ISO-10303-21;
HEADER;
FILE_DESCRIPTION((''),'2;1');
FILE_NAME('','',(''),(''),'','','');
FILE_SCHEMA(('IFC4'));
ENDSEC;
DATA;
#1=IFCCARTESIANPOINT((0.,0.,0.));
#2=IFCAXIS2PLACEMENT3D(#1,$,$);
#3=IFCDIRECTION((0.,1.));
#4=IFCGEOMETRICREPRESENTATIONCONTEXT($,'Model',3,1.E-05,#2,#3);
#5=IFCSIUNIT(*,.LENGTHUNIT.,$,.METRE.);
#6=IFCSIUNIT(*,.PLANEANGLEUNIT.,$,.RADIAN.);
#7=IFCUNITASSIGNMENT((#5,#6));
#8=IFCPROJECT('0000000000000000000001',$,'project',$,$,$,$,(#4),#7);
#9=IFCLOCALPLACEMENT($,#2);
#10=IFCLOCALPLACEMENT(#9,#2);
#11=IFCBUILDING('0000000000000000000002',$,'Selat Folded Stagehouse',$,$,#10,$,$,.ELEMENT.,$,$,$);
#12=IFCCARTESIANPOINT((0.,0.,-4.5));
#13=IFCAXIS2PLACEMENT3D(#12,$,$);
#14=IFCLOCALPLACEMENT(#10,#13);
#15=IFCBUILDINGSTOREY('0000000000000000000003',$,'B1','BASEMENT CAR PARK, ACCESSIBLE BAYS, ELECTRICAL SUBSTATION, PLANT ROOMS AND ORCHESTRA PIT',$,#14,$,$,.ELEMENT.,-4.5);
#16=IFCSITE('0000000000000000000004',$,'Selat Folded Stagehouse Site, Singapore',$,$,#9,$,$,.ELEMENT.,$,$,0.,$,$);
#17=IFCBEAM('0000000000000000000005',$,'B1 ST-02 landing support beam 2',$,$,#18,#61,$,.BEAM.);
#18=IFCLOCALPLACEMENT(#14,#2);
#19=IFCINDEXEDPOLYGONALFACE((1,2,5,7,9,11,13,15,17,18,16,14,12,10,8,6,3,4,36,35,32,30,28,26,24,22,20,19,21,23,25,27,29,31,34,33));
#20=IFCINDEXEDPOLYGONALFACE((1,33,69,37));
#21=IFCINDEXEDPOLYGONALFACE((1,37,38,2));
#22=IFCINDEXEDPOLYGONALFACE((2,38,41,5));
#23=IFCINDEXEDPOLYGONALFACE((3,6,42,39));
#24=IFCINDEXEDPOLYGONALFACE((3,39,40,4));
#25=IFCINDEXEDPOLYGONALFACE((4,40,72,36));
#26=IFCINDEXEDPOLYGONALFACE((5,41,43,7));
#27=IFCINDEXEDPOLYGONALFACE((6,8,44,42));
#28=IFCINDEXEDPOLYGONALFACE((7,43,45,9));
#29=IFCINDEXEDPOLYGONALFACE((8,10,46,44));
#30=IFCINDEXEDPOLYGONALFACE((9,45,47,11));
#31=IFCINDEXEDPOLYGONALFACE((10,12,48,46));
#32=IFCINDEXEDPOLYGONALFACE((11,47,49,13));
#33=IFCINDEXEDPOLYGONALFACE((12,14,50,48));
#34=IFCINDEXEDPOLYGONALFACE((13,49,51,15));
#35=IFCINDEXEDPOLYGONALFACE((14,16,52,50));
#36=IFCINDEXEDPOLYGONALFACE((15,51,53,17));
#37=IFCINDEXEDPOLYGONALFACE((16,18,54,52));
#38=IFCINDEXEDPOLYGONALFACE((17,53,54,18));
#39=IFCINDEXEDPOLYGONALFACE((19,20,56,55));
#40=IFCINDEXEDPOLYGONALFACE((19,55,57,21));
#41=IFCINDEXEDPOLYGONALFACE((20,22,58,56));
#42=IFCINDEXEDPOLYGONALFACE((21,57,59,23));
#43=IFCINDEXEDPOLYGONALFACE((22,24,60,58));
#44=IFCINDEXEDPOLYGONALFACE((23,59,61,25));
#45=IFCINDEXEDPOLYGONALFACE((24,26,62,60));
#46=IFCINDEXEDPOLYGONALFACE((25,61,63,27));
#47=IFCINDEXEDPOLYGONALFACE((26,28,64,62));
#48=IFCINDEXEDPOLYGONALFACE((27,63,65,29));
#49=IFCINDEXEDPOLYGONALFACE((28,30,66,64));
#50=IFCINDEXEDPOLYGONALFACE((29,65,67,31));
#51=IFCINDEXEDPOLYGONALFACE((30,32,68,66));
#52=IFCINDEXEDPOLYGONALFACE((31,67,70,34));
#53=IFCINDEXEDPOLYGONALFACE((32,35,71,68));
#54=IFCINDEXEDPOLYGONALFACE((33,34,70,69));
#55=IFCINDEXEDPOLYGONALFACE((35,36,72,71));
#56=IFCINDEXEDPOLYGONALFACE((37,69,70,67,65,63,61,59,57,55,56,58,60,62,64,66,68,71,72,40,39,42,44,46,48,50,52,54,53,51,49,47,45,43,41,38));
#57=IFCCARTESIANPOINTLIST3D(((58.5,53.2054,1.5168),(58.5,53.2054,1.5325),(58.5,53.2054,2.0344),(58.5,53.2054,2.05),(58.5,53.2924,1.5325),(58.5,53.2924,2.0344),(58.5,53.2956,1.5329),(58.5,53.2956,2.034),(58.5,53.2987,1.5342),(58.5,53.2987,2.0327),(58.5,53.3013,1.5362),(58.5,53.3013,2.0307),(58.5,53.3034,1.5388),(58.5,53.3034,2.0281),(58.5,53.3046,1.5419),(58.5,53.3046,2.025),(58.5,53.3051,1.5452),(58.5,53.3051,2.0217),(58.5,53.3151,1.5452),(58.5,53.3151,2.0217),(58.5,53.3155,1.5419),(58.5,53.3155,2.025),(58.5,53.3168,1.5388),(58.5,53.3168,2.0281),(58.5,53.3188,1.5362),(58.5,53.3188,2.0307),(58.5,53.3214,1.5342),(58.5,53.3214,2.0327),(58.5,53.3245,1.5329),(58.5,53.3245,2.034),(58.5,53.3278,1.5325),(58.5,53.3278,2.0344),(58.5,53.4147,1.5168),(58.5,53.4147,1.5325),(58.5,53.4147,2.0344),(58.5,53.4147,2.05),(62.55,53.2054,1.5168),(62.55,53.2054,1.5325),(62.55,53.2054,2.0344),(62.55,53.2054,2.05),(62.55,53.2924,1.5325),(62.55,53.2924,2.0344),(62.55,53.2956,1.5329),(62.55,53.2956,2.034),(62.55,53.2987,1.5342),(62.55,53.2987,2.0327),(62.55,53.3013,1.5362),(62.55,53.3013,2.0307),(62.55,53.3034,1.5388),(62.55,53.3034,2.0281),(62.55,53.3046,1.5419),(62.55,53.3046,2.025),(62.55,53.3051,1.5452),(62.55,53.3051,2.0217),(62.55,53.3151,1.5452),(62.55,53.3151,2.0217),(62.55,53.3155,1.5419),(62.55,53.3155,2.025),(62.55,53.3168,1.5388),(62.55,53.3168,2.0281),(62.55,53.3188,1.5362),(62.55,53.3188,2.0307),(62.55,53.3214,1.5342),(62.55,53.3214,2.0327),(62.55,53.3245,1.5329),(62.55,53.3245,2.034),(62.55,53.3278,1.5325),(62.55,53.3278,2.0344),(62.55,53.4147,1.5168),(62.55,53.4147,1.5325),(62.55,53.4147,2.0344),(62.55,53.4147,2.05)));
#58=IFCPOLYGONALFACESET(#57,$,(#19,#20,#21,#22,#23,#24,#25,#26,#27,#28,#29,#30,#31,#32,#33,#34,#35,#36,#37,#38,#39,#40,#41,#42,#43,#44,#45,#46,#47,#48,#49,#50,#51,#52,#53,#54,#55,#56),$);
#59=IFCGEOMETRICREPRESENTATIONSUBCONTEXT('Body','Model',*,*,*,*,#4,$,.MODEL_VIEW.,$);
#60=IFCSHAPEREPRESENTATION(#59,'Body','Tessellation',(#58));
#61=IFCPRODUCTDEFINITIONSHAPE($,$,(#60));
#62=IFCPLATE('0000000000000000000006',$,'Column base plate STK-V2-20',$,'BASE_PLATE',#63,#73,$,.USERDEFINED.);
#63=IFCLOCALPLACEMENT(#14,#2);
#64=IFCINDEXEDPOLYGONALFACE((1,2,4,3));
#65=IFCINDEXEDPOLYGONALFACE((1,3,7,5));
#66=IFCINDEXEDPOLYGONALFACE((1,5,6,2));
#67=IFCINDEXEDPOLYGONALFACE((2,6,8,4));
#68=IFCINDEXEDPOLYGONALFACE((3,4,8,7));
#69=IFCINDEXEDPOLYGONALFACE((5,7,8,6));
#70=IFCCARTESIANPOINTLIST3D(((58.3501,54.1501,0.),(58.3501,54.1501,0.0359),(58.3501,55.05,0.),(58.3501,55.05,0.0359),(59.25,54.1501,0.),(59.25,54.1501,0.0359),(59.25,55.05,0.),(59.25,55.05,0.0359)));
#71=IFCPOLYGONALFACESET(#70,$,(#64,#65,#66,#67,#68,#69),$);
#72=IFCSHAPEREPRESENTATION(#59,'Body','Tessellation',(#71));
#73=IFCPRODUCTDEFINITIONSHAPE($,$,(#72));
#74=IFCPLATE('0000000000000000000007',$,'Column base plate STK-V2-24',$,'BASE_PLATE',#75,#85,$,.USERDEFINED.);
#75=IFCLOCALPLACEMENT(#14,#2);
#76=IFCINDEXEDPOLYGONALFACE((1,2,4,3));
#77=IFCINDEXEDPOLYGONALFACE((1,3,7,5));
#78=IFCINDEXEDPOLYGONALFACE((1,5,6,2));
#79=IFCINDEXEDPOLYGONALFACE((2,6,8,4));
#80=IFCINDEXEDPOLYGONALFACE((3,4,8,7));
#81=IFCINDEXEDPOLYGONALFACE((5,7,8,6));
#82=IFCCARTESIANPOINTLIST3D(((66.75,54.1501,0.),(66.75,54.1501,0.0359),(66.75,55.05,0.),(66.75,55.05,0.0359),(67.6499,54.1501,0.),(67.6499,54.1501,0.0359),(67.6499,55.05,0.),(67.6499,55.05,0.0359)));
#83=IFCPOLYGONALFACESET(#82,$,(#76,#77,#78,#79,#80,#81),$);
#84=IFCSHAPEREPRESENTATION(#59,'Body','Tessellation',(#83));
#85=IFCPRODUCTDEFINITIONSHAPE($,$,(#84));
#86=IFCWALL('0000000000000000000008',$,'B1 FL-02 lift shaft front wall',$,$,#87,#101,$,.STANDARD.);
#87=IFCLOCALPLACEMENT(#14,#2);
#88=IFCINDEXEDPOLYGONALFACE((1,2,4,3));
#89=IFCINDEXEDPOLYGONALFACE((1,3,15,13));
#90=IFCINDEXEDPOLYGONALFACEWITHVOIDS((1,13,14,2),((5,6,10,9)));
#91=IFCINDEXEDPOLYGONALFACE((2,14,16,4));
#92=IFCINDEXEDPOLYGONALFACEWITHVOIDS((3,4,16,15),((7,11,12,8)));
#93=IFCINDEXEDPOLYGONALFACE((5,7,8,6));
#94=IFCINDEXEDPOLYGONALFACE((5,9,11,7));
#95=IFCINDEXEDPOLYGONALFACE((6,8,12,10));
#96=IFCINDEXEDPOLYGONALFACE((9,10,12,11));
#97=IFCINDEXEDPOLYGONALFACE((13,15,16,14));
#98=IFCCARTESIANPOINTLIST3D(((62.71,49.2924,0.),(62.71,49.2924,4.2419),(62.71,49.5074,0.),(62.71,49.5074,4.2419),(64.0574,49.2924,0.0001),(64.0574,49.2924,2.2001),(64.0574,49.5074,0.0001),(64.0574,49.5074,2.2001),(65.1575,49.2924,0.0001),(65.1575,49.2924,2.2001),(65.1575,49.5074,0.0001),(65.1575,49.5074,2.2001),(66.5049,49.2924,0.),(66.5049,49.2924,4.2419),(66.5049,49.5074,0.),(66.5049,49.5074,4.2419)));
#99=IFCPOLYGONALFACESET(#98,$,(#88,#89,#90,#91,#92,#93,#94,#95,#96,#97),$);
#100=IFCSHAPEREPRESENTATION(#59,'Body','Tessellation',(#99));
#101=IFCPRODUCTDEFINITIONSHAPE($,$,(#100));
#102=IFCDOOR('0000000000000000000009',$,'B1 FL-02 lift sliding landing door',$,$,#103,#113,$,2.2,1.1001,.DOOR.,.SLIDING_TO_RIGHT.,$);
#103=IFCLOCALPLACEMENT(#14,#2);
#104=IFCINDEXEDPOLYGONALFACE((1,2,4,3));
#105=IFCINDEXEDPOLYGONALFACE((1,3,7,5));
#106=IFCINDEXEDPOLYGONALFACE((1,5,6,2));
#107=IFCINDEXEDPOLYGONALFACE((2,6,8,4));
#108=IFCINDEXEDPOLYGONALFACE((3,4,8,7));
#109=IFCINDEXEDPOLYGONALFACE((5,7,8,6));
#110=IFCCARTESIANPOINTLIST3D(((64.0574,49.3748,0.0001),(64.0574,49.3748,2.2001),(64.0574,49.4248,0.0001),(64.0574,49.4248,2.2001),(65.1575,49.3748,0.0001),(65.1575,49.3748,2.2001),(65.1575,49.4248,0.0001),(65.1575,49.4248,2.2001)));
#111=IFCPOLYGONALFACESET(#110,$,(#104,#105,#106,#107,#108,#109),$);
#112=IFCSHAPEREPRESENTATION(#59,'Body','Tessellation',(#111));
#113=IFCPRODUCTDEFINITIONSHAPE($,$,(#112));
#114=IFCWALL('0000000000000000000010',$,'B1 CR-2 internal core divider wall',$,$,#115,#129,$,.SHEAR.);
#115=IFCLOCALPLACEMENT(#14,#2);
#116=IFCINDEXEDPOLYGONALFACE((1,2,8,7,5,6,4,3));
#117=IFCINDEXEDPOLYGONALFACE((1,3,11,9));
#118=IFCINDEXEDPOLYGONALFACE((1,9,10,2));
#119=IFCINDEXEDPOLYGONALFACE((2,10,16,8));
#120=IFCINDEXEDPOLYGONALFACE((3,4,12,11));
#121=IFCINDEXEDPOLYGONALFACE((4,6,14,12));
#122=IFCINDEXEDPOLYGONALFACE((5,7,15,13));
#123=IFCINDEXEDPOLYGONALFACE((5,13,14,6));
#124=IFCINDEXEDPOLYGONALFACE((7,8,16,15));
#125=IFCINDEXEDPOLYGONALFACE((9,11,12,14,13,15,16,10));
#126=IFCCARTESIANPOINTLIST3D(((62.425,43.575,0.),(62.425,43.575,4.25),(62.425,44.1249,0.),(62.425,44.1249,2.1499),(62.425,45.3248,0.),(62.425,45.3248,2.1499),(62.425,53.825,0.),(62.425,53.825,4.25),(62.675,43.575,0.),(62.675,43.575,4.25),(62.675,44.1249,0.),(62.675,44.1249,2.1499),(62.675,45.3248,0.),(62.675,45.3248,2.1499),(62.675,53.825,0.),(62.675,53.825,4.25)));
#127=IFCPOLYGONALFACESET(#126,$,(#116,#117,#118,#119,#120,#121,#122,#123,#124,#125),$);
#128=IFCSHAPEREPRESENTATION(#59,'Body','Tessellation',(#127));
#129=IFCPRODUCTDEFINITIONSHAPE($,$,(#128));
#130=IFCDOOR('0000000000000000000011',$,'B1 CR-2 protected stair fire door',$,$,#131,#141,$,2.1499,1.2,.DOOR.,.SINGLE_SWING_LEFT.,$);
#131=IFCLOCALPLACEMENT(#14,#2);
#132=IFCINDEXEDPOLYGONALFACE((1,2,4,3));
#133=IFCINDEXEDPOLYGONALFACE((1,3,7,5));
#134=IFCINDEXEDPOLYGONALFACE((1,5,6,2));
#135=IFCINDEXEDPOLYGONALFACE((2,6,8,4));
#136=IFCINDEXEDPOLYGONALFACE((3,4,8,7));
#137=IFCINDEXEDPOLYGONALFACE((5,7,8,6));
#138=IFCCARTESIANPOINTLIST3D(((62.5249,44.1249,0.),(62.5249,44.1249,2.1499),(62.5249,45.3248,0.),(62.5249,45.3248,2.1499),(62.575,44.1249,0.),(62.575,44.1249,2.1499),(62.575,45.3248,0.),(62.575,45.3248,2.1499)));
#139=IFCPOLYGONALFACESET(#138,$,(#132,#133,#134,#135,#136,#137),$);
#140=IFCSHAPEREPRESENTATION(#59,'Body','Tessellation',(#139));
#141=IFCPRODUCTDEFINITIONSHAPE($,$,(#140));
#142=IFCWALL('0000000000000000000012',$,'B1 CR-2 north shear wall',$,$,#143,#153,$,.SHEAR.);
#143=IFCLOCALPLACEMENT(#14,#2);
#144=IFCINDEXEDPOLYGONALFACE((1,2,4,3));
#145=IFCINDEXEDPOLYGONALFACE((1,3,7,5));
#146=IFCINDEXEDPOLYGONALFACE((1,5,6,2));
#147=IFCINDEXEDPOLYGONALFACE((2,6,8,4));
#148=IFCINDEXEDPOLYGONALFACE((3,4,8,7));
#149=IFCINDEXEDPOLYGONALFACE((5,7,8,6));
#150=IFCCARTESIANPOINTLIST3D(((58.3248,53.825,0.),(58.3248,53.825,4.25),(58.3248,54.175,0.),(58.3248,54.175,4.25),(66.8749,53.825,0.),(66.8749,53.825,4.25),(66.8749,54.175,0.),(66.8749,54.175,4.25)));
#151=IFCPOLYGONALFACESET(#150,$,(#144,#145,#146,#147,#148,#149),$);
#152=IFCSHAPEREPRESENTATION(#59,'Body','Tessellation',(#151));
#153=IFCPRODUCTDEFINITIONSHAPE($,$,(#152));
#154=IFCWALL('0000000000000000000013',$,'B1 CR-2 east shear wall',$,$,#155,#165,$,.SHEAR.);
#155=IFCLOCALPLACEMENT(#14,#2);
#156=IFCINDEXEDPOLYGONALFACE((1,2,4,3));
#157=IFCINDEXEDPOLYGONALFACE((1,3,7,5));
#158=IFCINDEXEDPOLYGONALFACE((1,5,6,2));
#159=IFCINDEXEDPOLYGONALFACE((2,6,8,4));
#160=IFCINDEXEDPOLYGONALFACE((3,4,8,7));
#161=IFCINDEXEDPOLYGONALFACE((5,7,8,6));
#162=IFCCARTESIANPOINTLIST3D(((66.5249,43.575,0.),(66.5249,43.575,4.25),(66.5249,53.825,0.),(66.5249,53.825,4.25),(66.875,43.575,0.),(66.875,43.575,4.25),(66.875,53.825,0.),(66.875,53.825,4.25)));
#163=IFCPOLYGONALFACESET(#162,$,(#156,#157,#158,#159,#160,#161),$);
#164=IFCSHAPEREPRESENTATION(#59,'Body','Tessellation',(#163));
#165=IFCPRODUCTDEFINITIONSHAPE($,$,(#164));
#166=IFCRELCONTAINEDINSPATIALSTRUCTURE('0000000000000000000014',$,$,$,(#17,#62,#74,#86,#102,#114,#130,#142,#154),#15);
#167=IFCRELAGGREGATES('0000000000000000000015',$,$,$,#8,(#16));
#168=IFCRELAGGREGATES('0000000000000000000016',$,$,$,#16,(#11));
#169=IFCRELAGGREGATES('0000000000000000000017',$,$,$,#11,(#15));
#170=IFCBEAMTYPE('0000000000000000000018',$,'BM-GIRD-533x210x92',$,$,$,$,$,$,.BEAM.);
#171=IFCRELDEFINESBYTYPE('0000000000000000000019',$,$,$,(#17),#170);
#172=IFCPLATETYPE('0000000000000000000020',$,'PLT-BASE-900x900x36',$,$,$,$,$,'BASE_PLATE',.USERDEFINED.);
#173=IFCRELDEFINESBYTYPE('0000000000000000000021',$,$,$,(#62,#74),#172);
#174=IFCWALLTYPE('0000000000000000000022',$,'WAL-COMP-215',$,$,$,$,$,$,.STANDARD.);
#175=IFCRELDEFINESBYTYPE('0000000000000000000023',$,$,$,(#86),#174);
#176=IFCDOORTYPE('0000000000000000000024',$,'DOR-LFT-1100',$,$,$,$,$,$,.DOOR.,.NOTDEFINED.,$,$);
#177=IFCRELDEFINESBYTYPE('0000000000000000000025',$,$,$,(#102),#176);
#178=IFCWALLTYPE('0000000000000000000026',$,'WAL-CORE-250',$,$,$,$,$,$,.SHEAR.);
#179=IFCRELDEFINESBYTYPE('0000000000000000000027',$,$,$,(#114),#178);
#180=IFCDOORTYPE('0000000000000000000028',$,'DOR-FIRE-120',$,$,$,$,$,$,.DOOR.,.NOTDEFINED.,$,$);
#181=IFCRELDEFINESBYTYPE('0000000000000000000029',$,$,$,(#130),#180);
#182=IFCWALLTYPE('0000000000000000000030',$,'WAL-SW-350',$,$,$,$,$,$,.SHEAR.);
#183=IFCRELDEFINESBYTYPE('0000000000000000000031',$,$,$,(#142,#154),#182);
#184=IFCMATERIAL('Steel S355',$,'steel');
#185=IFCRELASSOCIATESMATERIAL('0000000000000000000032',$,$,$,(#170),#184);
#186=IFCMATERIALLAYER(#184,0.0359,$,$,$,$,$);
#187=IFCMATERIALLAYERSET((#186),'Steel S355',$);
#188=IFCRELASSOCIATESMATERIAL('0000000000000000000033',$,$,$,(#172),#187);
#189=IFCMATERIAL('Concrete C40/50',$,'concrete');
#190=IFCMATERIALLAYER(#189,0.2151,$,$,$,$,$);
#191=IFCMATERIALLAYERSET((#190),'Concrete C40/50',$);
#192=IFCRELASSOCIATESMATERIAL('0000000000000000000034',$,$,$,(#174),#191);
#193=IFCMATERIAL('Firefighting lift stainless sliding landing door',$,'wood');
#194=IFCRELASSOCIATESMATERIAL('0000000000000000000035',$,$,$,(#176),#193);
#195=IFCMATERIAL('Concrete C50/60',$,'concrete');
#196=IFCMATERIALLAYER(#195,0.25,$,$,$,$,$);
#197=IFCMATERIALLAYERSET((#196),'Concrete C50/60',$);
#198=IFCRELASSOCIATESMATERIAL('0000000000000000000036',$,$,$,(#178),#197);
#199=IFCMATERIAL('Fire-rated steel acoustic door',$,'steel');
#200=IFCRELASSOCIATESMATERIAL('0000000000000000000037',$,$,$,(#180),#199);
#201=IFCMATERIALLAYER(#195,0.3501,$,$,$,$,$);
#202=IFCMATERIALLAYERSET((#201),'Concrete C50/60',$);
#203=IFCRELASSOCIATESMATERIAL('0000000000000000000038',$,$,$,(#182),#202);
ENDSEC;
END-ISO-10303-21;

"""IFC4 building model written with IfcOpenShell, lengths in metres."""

from ifc_helpers import new_model, si_unit, direction, frame, frame_2d, origin, origin_2d, place, context, subcontext, project, spatial, rectangle, i_section, extrude, material, layer, layer_set, material_profile, profile_set, type_object, element, fill, save


model = new_model("IFC4")

# Units and contexts
model_context = context("Model", 3, precision=1e-05, world=origin(), true_north=direction((0.0, 1.0)))
body_context = subcontext(model_context, "Body", "Model", "MODEL_VIEW")
ifc_project = project(units=[si_unit("LENGTHUNIT", "METRE"), si_unit("PLANEANGLEUNIT", "RADIAN")], contexts=[model_context])

# Site, building, storey
site_placement = place(None, origin())
site = spatial("IfcSite", under=ifc_project, at=site_placement, Name="Selat Folded Stagehouse Site, Singapore", CompositionType="ELEMENT", RefElevation=0.0)
building_placement = place(site_placement, origin())
building = spatial("IfcBuilding", under=site, at=building_placement, Name="Selat Folded Stagehouse", CompositionType="ELEMENT")
storey_placement = place(building_placement, frame((0.0, 0.0, -4.5)))
storey = spatial("IfcBuildingStorey", under=building, at=storey_placement, Name="B1", Description="BASEMENT CAR PARK, ACCESSIBLE BAYS, ELECTRICAL SUBSTATION, PLANT ROOMS AND ORCHESTRA PIT", CompositionType="ELEMENT", Elevation=-4.5)

# Shared definitions
ifc_material_1 = material(Name="Concrete C40/50", Category="concrete")

# Shared definitions
ifc_material_2 = material(Name="Steel S355", Category="steel")

# Beam
ifc_material_profile_1 = material_profile(ifc_material_2, i_section(OverallWidth=0.2092, OverallDepth=0.5332, WebThickness=0.01, FlangeThickness=0.0156, FilletRadius=0.0127, at=origin_2d()), Name="UKB 533x210x92")
ifc_profile_set_1 = profile_set([ifc_material_profile_1], Name="Steel S355")
beam_type = type_object("IfcBeamType", Name="BM-GIRD-533x210x92", PredefinedType="BEAM", material=ifc_profile_set_1)
for number, where, z_axis, x_axis, name in (
    (1, (58.5, 53.3101, 1.7834), (1.0, 0.0, 0.0), (0.0, 1.0, 0.0), "B1 ST-02 landing support beam 2"),
):
    element("IfcBeam", number, at=place(storey_placement, frame(where, z_axis=z_axis, x_axis=x_axis)), inside=storey, type_object=beam_type, Name=name, PredefinedType="BEAM", context=body_context, shape_type="SweptSolid", body=[
        extrude(i_section(OverallWidth=0.2092, OverallDepth=0.5332, WebThickness=0.01, FlangeThickness=0.0156, FilletRadius=0.0127, at=origin_2d()), origin(), (0.0, 0.0, 1.0), 4.05),
    ])

# Plates
ifc_layer_1 = layer(ifc_material_2, 0.0359)
ifc_layer_set_1 = layer_set([ifc_layer_1], Name="Steel S355")
plate_type = type_object("IfcPlateType", Name="PLT-BASE-900x900x36", ElementType="BASE_PLATE", PredefinedType="USERDEFINED", material=ifc_layer_set_1)
for number, where, z_axis, x_axis, name in (
    (2, (58.8, 54.6001, 0.0), (0.0, 0.0, 1.0), (1.0, 0.0, 0.0), "Column base plate STK-V2-20"),
    (3, (67.2, 54.6001, 0.0), (0.0, 0.0, 1.0), (1.0, 0.0, 0.0), "Column base plate STK-V2-24"),
):
    element("IfcPlate", number, at=place(storey_placement, frame(where, z_axis=z_axis, x_axis=x_axis)), inside=storey, type_object=plate_type, Name=name, ObjectType="BASE_PLATE", PredefinedType="USERDEFINED", context=body_context, shape_type="SweptSolid", body=[
        extrude(rectangle(XDim=0.8999, YDim=0.8999, at=origin_2d()), origin(), (0.0, 0.0, 1.0), 0.0359),
    ])

# Walls, openings, doors
ifc_layer_2 = layer(ifc_material_1, 0.2151)
ifc_layer_set_2 = layer_set([ifc_layer_2], Name="Concrete C40/50")
wall_type_1 = type_object("IfcWallType", Name="WAL-COMP-215", PredefinedType="STANDARD", material=ifc_layer_set_2)
wall_1_placement = place(storey_placement, frame((62.71, 49.3999, 0.0), z_axis=(0.0, 0.0, 1.0), x_axis=(1.0, 0.0, 0.0)))
wall_1 = element("IfcWall", 4, at=wall_1_placement, inside=storey, type_object=wall_type_1, Name="B1 FL-02 lift shaft front wall", PredefinedType="STANDARD", context=body_context, shape_type="SweptSolid", body=[
    extrude(rectangle(XDim=3.7949, YDim=0.2151, at=frame_2d((1.8975, 0.0))), origin(), (0.0, 0.0, 1.0), 4.2419),
])
opening_1_placement = place(wall_1_placement, frame((1.3474, 0.0, 0.0)))
opening_1 = element("IfcOpeningElement", 5, at=opening_1_placement, cuts=wall_1, PredefinedType="OPENING", context=body_context, shape_type="SweptSolid", body=[
    extrude(rectangle(XDim=1.1001, YDim=2.2, at=frame_2d((0.55, 1.1001))), frame((0.0, 0.1174, 0.0), z_axis=(0.0, -1.0, 0.0), x_axis=(1.0, 0.0, 0.0)), (0.0, 0.0, 1.0), 0.2351),
])
ifc_material_3 = material(Name="Firefighting lift stainless sliding landing door", Category="wood")
door_type_1 = type_object("IfcDoorType", Name="DOR-LFT-1100", OperationType="NOTDEFINED", PredefinedType="DOOR", material=ifc_material_3)
door_1_placement = place(opening_1_placement, origin())
door_1 = element("IfcDoor", 6, at=door_1_placement, inside=storey, type_object=door_type_1, Name="B1 FL-02 lift sliding landing door", OperationType="SLIDING_TO_RIGHT", OverallHeight=2.2, OverallWidth=1.1001, PredefinedType="DOOR", context=body_context, shape_type="SweptSolid", body=[
    extrude(rectangle(XDim=1.1001, YDim=2.2, at=frame_2d((0.55, 1.1001))), frame((0.0, 0.0249, 0.0), z_axis=(0.0, -1.0, 0.0), x_axis=(1.0, 0.0, 0.0)), (0.0, 0.0, 1.0), 0.05),
])
fill(opening_1, door_1)
ifc_material_4 = material(Name="Concrete C50/60", Category="concrete")
ifc_layer_3 = layer(ifc_material_4, 0.25)
ifc_layer_set_3 = layer_set([ifc_layer_3], Name="Concrete C50/60")
wall_type_2 = type_object("IfcWallType", Name="WAL-CORE-250", PredefinedType="SHEAR", material=ifc_layer_set_3)
wall_2_placement = place(storey_placement, frame((62.55, 53.825, 0.0), z_axis=(0.0, 0.0, 1.0), x_axis=(0.0, -1.0, 0.0)))
wall_2 = element("IfcWall", 7, at=wall_2_placement, inside=storey, type_object=wall_type_2, Name="B1 CR-2 internal core divider wall", PredefinedType="SHEAR", context=body_context, shape_type="SweptSolid", body=[
    extrude(rectangle(XDim=10.25, YDim=0.25, at=frame_2d((5.125, 0.0))), origin(), (0.0, 0.0, 1.0), 4.25),
])
opening_2_placement = place(wall_2_placement, frame((8.5, 0.0, 0.0)))
opening_2 = element("IfcOpeningElement", 8, at=opening_2_placement, cuts=wall_2, PredefinedType="OPENING", context=body_context, shape_type="SweptSolid", body=[
    extrude(rectangle(XDim=1.2, YDim=2.1499, at=frame_2d((0.6001, 1.075))), frame((0.0, 0.135, 0.0), z_axis=(0.0, -1.0, 0.0), x_axis=(1.0, 0.0, 0.0)), (0.0, 0.0, 1.0), 0.27),
])
ifc_material_5 = material(Name="Fire-rated steel acoustic door", Category="steel")
door_type_2 = type_object("IfcDoorType", Name="DOR-FIRE-120", OperationType="NOTDEFINED", PredefinedType="DOOR", material=ifc_material_5)
door_2_placement = place(opening_2_placement, origin())
door_2 = element("IfcDoor", 9, at=door_2_placement, inside=storey, type_object=door_type_2, Name="B1 CR-2 protected stair fire door", OperationType="SINGLE_SWING_LEFT", OverallHeight=2.1499, OverallWidth=1.2, PredefinedType="DOOR", context=body_context, shape_type="SweptSolid", body=[
    extrude(rectangle(XDim=1.2, YDim=2.1499, at=frame_2d((0.6001, 1.075))), frame((0.0, 0.0249, 0.0), z_axis=(0.0, -1.0, 0.0), x_axis=(1.0, 0.0, 0.0)), (0.0, 0.0, 1.0), 0.05),
])
fill(opening_2, door_2)

# Walls
ifc_layer_4 = layer(ifc_material_4, 0.3501)
ifc_layer_set_4 = layer_set([ifc_layer_4], Name="Concrete C50/60")
wall_type_3 = type_object("IfcWallType", Name="WAL-SW-350", PredefinedType="SHEAR", material=ifc_layer_set_4)
wall_3_placement = place(storey_placement, frame((58.325, 54.0, 0.0), z_axis=(0.0, 0.0, 1.0), x_axis=(1.0, 0.0, 0.0)))
element("IfcWall", 10, at=wall_3_placement, inside=storey, type_object=wall_type_3, Name="B1 CR-2 north shear wall", PredefinedType="SHEAR", context=body_context, shape_type="SweptSolid", body=[
    extrude(rectangle(XDim=8.55, YDim=0.3501, at=frame_2d((4.2749, 0.0))), origin(), (0.0, 0.0, 1.0), 4.25),
])
wall_4_placement = place(storey_placement, frame((66.7, 53.825, 0.0), z_axis=(0.0, 0.0, 1.0), x_axis=(0.0, -1.0, 0.0)))
element("IfcWall", 11, at=wall_4_placement, inside=storey, type_object=wall_type_3, Name="B1 CR-2 east shear wall", PredefinedType="SHEAR", context=body_context, shape_type="SweptSolid", body=[
    extrude(rectangle(XDim=10.25, YDim=0.3501, at=frame_2d((5.125, 0.0))), origin(), (0.0, 0.0, 1.0), 4.25),
])

save(model, "model.ifc")
